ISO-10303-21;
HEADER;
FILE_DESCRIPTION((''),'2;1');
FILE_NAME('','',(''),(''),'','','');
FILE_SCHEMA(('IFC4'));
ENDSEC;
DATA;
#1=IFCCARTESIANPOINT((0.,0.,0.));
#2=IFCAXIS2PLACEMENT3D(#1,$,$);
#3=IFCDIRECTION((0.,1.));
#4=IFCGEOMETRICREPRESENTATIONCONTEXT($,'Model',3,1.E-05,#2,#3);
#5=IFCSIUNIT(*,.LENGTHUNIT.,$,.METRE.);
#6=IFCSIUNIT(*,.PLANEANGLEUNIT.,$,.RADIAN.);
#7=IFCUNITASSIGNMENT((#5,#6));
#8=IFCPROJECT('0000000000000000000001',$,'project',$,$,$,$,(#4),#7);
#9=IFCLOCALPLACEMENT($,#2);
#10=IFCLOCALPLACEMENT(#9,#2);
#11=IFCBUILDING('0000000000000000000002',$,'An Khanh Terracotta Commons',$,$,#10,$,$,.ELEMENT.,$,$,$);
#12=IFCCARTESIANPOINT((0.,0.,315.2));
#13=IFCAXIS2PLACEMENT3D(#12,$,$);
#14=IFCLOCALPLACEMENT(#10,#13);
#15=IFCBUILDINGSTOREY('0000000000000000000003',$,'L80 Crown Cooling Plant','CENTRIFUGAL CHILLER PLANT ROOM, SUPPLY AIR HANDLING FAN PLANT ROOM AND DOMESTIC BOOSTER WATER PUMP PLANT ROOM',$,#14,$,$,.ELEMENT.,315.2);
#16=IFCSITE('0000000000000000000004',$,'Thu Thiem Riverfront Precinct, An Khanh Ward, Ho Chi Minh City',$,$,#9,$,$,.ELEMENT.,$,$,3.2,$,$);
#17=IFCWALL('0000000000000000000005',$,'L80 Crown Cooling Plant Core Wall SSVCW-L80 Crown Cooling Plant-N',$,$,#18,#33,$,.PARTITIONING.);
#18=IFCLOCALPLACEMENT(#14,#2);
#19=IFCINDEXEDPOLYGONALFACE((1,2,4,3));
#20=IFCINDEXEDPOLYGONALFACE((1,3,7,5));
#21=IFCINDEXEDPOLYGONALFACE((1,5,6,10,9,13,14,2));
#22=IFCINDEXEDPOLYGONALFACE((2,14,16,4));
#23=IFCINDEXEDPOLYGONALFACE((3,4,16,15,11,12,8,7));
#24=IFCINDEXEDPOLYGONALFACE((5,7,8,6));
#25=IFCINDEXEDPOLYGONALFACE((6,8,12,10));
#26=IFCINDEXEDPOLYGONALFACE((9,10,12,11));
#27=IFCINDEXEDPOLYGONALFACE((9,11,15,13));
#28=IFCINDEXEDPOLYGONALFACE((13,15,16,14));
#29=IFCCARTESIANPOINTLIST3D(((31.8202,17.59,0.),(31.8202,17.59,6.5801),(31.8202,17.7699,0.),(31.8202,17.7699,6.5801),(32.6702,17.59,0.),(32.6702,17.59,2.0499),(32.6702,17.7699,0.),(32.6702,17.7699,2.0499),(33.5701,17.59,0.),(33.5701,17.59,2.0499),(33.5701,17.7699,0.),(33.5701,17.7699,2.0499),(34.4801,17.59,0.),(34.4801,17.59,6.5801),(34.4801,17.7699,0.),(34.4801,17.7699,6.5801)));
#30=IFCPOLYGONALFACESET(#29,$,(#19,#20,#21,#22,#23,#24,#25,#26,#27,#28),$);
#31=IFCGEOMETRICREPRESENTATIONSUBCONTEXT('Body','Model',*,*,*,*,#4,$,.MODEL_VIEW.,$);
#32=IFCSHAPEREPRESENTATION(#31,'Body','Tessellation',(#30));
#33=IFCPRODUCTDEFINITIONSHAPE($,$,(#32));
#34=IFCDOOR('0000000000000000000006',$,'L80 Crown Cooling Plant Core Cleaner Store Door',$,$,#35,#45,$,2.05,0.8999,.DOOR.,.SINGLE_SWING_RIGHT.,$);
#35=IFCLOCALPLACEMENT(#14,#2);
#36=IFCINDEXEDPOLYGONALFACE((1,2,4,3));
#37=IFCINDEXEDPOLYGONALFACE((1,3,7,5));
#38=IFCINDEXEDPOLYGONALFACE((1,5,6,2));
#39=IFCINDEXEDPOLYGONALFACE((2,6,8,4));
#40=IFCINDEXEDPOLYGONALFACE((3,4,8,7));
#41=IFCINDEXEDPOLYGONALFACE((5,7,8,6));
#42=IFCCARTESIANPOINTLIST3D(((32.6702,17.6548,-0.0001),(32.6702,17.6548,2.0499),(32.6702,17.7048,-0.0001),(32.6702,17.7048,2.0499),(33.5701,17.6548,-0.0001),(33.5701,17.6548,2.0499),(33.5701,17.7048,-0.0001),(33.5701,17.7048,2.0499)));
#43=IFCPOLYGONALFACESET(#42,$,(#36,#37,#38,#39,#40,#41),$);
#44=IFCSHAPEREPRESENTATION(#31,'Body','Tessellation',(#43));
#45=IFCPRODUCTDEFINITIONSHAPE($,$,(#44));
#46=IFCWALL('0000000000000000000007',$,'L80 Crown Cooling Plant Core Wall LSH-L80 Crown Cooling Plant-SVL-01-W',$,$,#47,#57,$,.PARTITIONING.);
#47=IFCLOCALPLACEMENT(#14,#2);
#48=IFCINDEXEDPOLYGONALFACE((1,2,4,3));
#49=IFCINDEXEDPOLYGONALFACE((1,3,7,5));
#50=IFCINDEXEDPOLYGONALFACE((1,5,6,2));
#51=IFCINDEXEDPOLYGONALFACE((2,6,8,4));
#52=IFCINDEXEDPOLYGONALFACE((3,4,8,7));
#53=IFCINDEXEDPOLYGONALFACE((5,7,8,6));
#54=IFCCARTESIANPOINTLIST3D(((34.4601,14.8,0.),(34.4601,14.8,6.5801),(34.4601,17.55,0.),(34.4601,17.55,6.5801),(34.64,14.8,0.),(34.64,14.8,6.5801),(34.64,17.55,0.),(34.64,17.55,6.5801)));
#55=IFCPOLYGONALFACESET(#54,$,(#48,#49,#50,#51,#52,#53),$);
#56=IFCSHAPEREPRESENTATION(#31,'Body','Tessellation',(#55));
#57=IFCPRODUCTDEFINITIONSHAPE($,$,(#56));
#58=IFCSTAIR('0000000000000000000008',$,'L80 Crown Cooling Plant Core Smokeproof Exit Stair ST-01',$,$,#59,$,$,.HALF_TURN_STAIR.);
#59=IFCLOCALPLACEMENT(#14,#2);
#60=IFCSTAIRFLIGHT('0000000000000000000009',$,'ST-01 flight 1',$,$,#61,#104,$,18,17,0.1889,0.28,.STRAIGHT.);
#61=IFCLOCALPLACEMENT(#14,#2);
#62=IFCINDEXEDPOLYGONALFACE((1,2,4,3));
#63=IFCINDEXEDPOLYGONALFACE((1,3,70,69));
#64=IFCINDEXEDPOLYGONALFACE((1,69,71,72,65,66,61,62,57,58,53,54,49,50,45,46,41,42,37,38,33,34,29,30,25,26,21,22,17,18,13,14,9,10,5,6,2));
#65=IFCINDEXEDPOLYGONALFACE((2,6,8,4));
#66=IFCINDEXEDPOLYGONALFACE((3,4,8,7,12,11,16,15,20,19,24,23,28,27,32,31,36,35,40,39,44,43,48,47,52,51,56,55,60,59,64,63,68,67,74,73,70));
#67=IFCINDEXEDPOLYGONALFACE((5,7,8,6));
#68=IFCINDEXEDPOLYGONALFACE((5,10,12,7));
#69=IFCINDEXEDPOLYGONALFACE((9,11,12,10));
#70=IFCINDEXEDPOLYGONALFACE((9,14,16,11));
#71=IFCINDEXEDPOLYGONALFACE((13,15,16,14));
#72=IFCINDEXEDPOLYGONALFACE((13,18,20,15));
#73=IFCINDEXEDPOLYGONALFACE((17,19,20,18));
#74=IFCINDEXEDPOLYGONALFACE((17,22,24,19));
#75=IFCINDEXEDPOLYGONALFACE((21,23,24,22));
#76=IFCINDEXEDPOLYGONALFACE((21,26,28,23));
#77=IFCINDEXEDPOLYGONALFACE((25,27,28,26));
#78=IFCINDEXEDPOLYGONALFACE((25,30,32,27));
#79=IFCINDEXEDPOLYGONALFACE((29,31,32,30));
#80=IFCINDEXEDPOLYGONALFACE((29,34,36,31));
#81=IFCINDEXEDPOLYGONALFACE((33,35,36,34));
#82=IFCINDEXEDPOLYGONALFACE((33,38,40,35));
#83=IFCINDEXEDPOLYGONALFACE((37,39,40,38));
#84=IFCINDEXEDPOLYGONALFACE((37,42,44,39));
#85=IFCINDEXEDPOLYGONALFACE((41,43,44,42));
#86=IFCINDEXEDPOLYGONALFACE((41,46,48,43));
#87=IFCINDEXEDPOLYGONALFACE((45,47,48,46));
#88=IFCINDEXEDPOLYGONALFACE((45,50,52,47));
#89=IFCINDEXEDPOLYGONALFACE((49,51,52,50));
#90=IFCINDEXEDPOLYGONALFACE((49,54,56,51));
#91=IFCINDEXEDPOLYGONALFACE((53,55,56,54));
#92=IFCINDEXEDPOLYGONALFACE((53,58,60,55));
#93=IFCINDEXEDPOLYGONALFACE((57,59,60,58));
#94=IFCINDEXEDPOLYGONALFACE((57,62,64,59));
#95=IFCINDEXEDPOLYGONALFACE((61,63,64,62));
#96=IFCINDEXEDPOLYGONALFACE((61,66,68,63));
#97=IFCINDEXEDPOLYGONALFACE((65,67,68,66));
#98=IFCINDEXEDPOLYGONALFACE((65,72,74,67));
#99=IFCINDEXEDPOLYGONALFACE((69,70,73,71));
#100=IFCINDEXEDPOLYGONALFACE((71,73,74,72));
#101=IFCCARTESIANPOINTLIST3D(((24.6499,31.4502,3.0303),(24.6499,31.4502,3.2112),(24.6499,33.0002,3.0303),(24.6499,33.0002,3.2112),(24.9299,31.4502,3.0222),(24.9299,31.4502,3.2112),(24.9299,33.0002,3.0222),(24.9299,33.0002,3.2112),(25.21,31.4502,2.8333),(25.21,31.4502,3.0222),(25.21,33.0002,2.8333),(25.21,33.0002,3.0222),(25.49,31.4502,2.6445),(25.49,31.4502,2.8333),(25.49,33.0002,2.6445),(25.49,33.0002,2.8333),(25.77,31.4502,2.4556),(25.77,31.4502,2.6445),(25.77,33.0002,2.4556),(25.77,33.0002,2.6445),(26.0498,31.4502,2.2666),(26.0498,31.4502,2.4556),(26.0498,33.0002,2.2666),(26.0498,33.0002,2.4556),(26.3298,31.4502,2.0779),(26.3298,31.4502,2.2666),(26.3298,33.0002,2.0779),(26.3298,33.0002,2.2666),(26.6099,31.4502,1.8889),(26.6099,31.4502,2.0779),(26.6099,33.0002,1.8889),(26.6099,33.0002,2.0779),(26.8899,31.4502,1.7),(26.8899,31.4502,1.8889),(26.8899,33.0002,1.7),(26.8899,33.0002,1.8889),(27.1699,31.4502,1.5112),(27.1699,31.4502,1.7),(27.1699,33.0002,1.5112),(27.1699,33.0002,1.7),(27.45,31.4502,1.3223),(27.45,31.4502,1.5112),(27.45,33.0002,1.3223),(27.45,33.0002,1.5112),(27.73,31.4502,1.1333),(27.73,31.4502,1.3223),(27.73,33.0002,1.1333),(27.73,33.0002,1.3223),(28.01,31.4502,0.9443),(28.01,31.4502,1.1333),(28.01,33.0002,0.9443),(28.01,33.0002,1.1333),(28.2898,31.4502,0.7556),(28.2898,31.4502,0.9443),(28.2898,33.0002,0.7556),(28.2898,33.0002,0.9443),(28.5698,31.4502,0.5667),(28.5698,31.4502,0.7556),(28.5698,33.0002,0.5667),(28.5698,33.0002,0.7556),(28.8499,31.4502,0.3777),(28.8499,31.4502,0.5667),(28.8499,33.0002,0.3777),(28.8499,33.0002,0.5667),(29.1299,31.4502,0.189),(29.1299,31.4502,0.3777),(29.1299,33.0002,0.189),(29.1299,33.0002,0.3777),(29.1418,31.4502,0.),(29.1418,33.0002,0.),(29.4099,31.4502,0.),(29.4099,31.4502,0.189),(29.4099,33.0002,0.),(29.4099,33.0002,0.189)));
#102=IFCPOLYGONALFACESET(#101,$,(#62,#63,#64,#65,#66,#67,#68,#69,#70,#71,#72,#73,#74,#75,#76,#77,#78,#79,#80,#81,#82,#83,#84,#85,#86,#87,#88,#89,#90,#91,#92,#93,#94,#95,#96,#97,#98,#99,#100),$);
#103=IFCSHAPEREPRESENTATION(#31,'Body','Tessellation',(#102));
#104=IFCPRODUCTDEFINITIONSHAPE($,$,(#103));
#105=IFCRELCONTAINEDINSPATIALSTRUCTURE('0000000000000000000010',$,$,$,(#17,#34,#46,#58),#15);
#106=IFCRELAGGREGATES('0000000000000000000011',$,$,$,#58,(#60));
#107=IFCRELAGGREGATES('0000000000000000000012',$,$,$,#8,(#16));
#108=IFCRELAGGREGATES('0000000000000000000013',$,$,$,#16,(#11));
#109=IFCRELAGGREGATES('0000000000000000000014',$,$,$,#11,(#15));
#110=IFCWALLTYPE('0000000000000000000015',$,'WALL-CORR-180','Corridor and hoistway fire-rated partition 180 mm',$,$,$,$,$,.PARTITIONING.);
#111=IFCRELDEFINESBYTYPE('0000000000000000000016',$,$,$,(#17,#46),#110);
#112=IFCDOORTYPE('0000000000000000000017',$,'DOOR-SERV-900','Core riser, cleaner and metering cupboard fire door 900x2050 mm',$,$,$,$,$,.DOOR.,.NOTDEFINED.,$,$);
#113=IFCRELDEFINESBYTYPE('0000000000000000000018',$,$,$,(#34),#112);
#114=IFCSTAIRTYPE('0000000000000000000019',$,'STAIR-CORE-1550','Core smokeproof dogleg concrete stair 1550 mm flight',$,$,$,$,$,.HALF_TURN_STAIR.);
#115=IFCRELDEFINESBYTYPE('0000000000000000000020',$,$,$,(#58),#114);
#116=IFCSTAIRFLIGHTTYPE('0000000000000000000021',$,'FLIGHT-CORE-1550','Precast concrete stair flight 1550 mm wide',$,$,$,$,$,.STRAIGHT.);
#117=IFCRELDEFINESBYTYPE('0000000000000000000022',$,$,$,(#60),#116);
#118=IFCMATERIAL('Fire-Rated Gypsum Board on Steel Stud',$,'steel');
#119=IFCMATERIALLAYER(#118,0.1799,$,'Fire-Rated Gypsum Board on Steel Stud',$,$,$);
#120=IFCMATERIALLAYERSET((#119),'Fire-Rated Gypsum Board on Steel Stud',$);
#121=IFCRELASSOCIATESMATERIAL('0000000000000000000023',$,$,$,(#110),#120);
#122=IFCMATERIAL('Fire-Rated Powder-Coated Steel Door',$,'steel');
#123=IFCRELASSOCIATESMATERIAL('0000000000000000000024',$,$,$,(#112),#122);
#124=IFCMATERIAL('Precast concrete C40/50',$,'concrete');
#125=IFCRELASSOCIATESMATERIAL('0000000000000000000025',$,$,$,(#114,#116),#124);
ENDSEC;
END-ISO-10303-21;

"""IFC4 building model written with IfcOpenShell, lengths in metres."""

from ifc_helpers import new_model, si_unit, direction, frame, frame_2d, origin, place, context, subcontext, project, spatial, polyline, rectangle, outline, extrude, material, layer, layer_set, type_object, element, fill, aggregate, save


model = new_model("IFC4")

# Units and contexts
model_context = context("Model", 3, precision=1e-05, world=origin(), true_north=direction((0.0, 1.0)))
body_context = subcontext(model_context, "Body", "Model", "MODEL_VIEW")
ifc_project = project(units=[si_unit("LENGTHUNIT", "METRE"), si_unit("PLANEANGLEUNIT", "RADIAN")], contexts=[model_context])

# Site, building, storey
site_placement = place(None, origin())
site = spatial("IfcSite", under=ifc_project, at=site_placement, Name="Thu Thiem Riverfront Precinct, An Khanh Ward, Ho Chi Minh City", CompositionType="ELEMENT", RefElevation=3.2)
building_placement = place(site_placement, origin())
building = spatial("IfcBuilding", under=site, at=building_placement, Name="An Khanh Terracotta Commons", CompositionType="ELEMENT")
storey_placement = place(building_placement, frame((0.0, 0.0, 315.2)))
storey = spatial("IfcBuildingStorey", under=building, at=storey_placement, Name="L80 Crown Cooling Plant", Description="CENTRIFUGAL CHILLER PLANT ROOM, SUPPLY AIR HANDLING FAN PLANT ROOM AND DOMESTIC BOOSTER WATER PUMP PLANT ROOM", CompositionType="ELEMENT", Elevation=315.2)

# Shared definitions
ifc_material_1 = material(Name="Fire-Rated Gypsum Board on Steel Stud", Category="steel")
ifc_layer_1 = layer(ifc_material_1, 0.1799, Name="Fire-Rated Gypsum Board on Steel Stud")
ifc_layer_set_1 = layer_set([ifc_layer_1], Name="Fire-Rated Gypsum Board on Steel Stud")
wall_type_1 = type_object("IfcWallType", Name="WALL-CORR-180", Description="Corridor and hoistway fire-rated partition 180 mm", PredefinedType="PARTITIONING", material=ifc_layer_set_1)

# Wall, opening, door
wall_1_placement = place(storey_placement, frame((31.8201, 17.6799, 0.0), z_axis=(0.0, 0.0, 1.0), x_axis=(1.0, 0.0, 0.0)))
wall_1 = element("IfcWall", 1, at=wall_1_placement, inside=storey, type_object=wall_type_1, Name="L80 Crown Cooling Plant Core Wall SSVCW-L80 Crown Cooling Plant-N", PredefinedType="PARTITIONING", context=body_context, shape_type="SweptSolid", body=[
    extrude(rectangle(XDim=2.6599, YDim=0.1799, at=frame_2d((1.3301, 0.0))), origin(), (0.0, 0.0, 1.0), 6.5801),
])
opening_1_placement = place(wall_1_placement, frame((0.8501, 0.0, 0.0)))
opening_1 = element("IfcOpeningElement", 2, at=opening_1_placement, cuts=wall_1, PredefinedType="OPENING", context=body_context, shape_type="SweptSolid", body=[
    extrude(rectangle(XDim=0.8999, YDim=2.05, at=frame_2d((0.45, 1.0249))), frame((0.0, 0.0999, 0.0), z_axis=(0.0, -1.0, 0.0), x_axis=(1.0, 0.0, 0.0)), (0.0, 0.0, 1.0), 0.2),
])
ifc_material_2 = material(Name="Fire-Rated Powder-Coated Steel Door", Category="steel")
door_type_1 = type_object("IfcDoorType", Name="DOOR-SERV-900", Description="Core riser, cleaner and metering cupboard fire door 900x2050 mm", OperationType="NOTDEFINED", PredefinedType="DOOR", material=ifc_material_2)
door_1_placement = place(opening_1_placement, origin())
door_1 = element("IfcDoor", 3, at=door_1_placement, inside=storey, type_object=door_type_1, Name="L80 Crown Cooling Plant Core Cleaner Store Door", OperationType="SINGLE_SWING_RIGHT", OverallHeight=2.05, OverallWidth=0.8999, PredefinedType="DOOR", context=body_context, shape_type="SweptSolid", body=[
    extrude(rectangle(XDim=0.8999, YDim=2.05, at=frame_2d((0.45, 1.0249))), frame((0.0, 0.0249, 0.0), z_axis=(0.0, -1.0, 0.0), x_axis=(1.0, 0.0, 0.0)), (0.0, 0.0, 1.0), 0.05),
])
fill(opening_1, door_1)

# Wall
wall_2_placement = place(storey_placement, frame((34.55, 17.55, 0.0), z_axis=(0.0, 0.0, 1.0), x_axis=(0.0, -1.0, 0.0)))
element("IfcWall", 4, at=wall_2_placement, inside=storey, type_object=wall_type_1, Name="L80 Crown Cooling Plant Core Wall LSH-L80 Crown Cooling Plant-SVL-01-W", PredefinedType="PARTITIONING", context=body_context, shape_type="SweptSolid", body=[
    extrude(rectangle(XDim=2.75, YDim=0.1799, at=frame_2d((1.375, 0.0))), origin(), (0.0, 0.0, 1.0), 6.5801),
])

# Stair, stair flight
ifc_material_3 = material(Name="Precast concrete C40/50", Category="concrete")
stair_type = type_object("IfcStairType", Name="STAIR-CORE-1550", Description="Core smokeproof dogleg concrete stair 1550 mm flight", PredefinedType="HALF_TURN_STAIR", material=ifc_material_3)
stair_placement = place(storey_placement, origin())
stair = element("IfcStair", 5, at=stair_placement, inside=storey, type_object=stair_type, Name="L80 Crown Cooling Plant Core Smokeproof Exit Stair ST-01", PredefinedType="HALF_TURN_STAIR")
stair_flight_type = type_object("IfcStairFlightType", Name="FLIGHT-CORE-1550", Description="Precast concrete stair flight 1550 mm wide", PredefinedType="STRAIGHT", material=ifc_material_3)
stair_flight_placement = place(storey_placement, frame((29.4099, 32.2251, 0.0), z_axis=(0.0, 0.0, 1.0), x_axis=(-1.0, 0.0, 0.0)))
stair_flight = element("IfcStairFlight", 6, at=stair_flight_placement, type_object=stair_flight_type, Name="ST-01 flight 1", NumberOfRisers=18, NumberOfTreads=17, PredefinedType="STRAIGHT", RiserHeight=0.1889, TreadLength=0.28, context=body_context, shape_type="SweptSolid", body=[
    extrude(outline(polyline([(0.0, 0.0), (0.0, 0.189), (0.28, 0.189), (0.28, 0.3777), (0.5601, 0.3777), (0.5601, 0.5667), (0.8401, 0.5667), (0.8401, 0.7556), (1.1201, 0.7556), (1.1201, 0.9443), (1.3999, 0.9443), (1.3999, 1.1333), (1.6799, 1.1333), (1.6799, 1.3223), (1.96, 1.3223), (1.96, 1.5112), (2.24, 1.5112), (2.24, 1.7), (2.52, 1.7), (2.52, 1.8889), (2.8, 1.8889), (2.8, 2.0779), (3.0801, 2.0779), (3.0801, 2.2666), (3.3601, 2.2666), (3.3601, 2.4556), (3.6399, 2.4556), (3.6399, 2.6445), (3.9199, 2.6445), (3.9199, 2.8333), (4.2, 2.8333), (4.2, 3.0222), (4.48, 3.0222), (4.48, 3.2112), (4.76, 3.2112), (4.76, 3.3999), (4.76, 3.0303), (0.2681, 0.0), (0.0, 0.0)])), frame((0.0, 0.7749, 0.0), z_axis=(0.0, -1.0, 0.0), x_axis=(1.0, 0.0, 0.0)), (0.0, 0.0, 1.0), 1.55),
])
aggregate(stair, [stair_flight])

save(model, "model.ifc")
